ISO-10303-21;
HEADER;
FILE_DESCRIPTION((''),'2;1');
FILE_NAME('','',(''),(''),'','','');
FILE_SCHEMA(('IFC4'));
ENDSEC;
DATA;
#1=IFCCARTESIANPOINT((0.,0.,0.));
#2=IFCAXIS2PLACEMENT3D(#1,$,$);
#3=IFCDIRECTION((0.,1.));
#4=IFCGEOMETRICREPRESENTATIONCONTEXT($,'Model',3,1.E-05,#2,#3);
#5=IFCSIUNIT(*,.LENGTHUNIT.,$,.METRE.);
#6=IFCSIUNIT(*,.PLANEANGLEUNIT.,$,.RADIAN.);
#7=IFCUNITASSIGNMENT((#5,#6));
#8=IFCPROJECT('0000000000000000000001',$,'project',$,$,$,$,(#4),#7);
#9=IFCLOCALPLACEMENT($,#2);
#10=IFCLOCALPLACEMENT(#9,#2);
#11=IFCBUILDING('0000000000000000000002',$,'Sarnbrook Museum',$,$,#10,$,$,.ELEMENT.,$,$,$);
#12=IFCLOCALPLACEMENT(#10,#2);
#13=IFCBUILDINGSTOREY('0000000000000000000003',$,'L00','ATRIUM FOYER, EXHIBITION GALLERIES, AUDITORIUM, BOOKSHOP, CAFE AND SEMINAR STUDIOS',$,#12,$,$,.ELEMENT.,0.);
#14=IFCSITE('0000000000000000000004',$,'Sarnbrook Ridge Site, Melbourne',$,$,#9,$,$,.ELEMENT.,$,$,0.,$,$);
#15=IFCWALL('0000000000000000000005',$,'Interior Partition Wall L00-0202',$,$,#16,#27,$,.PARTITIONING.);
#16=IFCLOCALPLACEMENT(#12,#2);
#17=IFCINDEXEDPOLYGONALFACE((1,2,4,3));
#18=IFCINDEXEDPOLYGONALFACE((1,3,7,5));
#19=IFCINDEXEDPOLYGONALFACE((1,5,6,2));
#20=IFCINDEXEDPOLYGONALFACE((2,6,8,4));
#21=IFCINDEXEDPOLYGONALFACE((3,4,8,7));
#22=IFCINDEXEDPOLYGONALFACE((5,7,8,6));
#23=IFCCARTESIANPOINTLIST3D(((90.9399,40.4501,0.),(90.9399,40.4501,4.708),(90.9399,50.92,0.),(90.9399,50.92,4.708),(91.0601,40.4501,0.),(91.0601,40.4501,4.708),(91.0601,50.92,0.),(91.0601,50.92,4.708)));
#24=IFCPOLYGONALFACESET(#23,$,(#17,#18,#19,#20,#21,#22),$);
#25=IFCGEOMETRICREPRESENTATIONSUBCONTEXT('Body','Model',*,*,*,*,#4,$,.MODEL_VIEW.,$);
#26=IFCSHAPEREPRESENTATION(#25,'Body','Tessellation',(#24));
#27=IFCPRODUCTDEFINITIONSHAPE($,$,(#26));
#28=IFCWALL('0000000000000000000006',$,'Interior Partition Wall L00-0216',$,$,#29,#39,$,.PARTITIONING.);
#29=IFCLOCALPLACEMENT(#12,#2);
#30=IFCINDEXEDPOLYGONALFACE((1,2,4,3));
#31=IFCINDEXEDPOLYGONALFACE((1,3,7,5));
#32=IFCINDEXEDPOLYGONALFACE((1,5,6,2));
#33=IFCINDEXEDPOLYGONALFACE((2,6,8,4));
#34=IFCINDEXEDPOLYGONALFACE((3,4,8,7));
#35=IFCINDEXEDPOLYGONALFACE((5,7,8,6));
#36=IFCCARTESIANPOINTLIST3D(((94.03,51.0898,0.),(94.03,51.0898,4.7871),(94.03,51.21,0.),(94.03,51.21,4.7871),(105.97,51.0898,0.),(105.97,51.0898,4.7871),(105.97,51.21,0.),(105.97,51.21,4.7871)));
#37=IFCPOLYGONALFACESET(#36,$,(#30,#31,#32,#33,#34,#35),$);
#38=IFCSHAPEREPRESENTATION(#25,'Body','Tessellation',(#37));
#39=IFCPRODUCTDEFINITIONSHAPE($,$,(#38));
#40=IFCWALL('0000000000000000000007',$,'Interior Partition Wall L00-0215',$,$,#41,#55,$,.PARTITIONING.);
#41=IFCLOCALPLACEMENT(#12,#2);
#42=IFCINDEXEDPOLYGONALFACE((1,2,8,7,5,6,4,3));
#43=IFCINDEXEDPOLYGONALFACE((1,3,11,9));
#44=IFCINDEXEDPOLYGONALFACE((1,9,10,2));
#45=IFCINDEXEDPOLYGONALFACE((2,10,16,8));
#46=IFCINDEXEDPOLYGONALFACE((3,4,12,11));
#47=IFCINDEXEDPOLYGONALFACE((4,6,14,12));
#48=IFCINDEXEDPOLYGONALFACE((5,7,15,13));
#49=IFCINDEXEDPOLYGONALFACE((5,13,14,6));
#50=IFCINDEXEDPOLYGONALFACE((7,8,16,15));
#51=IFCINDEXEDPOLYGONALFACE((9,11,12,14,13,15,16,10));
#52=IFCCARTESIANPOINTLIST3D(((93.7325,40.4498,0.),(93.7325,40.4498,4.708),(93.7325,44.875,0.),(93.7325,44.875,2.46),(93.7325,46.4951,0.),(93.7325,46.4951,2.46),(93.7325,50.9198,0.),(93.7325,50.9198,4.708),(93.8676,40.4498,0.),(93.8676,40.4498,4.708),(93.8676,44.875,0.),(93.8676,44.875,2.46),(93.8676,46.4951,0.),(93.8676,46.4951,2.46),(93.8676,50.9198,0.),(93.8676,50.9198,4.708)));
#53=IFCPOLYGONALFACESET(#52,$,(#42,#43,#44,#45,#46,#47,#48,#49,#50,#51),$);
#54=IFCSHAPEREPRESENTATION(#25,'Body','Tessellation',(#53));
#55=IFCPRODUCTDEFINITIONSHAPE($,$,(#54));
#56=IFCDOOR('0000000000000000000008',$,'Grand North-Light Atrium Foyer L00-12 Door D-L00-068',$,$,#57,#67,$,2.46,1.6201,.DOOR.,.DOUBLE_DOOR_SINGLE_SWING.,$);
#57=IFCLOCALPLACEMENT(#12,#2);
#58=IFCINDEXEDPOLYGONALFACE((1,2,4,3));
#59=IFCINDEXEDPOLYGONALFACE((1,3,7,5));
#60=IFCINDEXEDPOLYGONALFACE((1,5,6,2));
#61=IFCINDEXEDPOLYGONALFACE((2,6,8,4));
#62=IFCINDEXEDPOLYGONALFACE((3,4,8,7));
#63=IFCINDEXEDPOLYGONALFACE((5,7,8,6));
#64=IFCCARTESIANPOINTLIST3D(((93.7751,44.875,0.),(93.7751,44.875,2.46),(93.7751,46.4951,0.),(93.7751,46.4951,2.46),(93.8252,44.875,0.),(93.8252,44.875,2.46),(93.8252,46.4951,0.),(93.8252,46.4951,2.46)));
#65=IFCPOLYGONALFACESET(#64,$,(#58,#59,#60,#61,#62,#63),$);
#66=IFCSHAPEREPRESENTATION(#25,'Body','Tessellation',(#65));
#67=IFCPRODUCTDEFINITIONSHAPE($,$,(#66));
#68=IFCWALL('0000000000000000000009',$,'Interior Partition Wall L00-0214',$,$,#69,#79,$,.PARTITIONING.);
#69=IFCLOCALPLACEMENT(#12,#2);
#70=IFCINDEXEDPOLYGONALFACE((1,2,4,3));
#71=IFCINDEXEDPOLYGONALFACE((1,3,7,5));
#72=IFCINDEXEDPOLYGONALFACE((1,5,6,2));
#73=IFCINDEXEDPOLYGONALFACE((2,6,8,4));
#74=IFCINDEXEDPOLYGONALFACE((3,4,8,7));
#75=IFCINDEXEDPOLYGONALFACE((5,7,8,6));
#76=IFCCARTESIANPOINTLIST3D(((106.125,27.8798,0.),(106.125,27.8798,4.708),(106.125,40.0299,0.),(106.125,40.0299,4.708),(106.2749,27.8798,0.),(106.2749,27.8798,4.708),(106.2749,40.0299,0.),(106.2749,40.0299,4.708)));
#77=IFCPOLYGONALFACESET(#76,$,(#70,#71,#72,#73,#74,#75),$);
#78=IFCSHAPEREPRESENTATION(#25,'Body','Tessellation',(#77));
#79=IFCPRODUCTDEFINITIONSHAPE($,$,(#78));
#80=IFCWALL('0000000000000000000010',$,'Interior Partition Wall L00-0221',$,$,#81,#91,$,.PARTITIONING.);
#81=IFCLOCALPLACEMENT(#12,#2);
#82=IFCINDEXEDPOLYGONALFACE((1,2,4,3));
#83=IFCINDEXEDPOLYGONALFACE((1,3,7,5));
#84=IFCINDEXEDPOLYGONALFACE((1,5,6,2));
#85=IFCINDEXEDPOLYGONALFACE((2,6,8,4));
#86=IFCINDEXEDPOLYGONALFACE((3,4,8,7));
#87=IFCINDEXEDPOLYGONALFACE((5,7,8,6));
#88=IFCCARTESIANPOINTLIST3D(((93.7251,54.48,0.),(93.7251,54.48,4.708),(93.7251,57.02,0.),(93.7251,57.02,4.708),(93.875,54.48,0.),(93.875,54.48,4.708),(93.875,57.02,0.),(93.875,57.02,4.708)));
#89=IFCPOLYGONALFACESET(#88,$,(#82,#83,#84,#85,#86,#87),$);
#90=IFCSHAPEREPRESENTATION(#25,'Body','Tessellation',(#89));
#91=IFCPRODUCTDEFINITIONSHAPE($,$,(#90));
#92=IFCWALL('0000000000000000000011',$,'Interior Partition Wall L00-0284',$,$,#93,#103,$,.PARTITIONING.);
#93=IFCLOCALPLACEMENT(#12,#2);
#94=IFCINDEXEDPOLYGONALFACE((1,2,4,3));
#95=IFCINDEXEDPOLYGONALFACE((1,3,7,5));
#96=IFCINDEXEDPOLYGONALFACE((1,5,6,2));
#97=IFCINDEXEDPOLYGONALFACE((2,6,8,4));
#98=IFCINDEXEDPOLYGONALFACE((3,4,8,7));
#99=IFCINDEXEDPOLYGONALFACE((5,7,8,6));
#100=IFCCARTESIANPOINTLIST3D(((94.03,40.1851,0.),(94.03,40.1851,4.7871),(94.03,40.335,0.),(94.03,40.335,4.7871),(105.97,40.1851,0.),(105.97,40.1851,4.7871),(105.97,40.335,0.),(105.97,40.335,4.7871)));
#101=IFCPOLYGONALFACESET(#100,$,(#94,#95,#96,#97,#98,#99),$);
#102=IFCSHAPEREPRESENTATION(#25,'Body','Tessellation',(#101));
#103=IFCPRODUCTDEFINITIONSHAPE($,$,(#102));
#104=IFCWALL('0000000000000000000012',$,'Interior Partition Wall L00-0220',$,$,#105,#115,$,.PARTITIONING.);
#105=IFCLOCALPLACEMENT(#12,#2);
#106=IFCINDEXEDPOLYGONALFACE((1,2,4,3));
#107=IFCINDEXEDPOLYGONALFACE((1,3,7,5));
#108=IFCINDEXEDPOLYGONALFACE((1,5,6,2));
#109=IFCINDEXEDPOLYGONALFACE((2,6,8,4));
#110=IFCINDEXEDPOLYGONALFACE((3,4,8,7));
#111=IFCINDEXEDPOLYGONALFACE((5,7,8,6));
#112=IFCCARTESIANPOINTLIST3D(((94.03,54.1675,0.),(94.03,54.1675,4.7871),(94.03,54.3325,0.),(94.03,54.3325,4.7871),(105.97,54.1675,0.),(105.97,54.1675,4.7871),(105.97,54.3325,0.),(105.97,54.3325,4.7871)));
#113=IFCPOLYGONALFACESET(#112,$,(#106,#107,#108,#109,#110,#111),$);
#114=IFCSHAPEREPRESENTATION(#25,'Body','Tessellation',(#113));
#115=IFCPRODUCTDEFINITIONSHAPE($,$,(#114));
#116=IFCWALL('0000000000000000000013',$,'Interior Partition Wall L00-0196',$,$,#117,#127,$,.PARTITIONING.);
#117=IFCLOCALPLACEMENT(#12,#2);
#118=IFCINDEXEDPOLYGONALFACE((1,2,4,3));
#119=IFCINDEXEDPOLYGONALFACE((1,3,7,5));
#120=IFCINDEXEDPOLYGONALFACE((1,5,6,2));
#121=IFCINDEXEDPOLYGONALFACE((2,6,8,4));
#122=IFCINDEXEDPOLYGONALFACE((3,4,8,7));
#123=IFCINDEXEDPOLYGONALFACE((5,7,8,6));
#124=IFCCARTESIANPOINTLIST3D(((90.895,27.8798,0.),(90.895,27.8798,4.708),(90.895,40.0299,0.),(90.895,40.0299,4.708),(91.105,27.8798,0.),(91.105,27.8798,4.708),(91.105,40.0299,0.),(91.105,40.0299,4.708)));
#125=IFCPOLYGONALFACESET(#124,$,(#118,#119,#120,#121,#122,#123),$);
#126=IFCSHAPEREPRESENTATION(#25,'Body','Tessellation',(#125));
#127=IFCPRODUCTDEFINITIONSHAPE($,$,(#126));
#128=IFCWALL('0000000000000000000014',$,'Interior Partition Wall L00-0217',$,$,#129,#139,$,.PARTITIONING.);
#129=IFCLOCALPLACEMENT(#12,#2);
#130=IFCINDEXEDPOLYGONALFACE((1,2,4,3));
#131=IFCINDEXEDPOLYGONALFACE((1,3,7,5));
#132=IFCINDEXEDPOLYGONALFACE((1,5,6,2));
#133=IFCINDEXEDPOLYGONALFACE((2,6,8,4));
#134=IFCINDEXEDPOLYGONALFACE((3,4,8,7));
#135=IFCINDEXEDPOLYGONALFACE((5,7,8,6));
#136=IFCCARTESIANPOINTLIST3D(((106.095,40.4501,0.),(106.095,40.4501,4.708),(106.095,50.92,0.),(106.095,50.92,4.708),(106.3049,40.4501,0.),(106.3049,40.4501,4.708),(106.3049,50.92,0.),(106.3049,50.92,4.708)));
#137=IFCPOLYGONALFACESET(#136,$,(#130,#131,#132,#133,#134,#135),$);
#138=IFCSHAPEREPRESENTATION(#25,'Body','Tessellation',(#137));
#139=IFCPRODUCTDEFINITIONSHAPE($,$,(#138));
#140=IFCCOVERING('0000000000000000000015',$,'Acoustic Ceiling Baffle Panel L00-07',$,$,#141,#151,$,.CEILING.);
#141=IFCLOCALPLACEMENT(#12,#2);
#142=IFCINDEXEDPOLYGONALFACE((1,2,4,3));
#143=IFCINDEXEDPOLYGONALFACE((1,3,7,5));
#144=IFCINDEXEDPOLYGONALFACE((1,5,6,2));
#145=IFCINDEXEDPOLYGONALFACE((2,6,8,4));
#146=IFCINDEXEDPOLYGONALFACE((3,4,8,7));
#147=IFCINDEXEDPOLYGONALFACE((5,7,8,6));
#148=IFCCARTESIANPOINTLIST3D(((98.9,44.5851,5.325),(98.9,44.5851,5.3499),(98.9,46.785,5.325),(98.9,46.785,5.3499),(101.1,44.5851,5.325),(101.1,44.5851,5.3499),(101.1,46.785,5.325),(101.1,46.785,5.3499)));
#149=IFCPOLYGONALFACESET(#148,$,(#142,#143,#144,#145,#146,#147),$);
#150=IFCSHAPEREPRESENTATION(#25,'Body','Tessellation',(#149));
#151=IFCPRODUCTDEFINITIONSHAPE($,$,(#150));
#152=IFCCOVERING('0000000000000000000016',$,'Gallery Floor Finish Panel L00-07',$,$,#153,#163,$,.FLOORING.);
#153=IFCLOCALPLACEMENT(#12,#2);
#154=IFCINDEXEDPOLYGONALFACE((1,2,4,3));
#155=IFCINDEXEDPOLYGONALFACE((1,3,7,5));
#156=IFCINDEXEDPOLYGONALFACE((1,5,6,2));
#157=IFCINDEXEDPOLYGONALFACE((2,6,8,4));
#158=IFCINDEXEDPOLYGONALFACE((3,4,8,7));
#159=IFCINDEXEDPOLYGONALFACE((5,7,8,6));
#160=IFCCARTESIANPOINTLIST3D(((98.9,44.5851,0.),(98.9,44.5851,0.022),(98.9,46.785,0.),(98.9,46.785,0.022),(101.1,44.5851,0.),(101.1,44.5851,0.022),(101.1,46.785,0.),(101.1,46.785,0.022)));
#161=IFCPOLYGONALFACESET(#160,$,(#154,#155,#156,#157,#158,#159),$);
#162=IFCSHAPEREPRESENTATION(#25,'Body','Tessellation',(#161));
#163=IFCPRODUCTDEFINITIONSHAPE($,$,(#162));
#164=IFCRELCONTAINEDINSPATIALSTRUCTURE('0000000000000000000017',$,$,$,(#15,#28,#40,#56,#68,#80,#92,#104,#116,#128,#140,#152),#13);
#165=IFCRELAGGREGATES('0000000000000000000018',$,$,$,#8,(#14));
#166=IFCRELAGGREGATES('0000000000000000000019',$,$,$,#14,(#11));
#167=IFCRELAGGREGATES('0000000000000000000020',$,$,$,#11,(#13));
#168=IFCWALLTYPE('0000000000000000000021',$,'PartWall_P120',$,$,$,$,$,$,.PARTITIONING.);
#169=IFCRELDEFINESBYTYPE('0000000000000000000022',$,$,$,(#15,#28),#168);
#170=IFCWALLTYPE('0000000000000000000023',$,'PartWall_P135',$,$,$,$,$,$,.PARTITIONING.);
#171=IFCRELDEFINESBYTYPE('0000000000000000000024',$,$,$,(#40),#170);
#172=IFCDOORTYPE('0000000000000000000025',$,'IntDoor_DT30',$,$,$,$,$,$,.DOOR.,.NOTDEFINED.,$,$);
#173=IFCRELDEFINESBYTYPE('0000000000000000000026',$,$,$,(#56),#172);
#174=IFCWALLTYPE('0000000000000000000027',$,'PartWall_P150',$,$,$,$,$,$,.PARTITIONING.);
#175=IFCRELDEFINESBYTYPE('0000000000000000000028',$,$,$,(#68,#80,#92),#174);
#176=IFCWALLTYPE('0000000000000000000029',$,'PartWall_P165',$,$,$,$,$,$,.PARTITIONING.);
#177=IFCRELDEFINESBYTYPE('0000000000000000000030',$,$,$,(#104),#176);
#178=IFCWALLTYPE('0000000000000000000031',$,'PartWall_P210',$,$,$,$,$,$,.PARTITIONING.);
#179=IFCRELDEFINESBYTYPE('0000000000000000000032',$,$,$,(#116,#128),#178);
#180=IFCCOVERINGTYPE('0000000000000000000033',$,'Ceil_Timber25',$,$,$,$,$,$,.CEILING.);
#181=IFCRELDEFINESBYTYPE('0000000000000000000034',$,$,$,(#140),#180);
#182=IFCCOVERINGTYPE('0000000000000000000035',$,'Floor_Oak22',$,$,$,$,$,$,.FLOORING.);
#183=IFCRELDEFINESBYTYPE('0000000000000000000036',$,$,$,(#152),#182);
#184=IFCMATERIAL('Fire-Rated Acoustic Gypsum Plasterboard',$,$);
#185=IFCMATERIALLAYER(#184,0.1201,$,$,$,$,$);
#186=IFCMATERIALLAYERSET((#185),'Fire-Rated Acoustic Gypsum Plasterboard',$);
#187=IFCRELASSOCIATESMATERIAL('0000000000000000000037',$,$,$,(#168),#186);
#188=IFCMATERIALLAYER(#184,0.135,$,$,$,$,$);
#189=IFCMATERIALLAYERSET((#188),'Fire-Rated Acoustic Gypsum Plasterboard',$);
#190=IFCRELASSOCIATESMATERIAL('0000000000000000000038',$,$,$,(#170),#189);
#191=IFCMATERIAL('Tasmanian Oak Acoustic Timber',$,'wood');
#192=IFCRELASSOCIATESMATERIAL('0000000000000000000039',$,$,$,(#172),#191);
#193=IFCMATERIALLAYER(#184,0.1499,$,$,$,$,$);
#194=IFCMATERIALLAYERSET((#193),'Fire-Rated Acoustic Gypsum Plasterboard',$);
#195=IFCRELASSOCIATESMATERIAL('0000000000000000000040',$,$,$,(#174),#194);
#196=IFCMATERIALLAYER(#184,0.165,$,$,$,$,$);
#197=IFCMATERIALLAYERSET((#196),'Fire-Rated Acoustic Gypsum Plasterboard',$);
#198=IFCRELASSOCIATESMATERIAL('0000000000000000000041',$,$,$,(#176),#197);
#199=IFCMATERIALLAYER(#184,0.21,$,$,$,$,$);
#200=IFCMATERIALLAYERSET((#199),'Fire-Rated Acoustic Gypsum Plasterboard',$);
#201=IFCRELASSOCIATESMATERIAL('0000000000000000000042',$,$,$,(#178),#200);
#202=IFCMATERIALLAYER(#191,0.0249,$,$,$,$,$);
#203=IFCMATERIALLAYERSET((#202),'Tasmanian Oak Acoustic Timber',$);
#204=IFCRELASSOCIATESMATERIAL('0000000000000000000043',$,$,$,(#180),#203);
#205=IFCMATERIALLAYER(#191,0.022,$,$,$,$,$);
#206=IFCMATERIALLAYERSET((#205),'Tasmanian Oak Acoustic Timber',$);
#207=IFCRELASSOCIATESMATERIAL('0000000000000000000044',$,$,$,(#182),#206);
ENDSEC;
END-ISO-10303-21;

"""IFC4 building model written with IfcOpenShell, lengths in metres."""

from ifc_helpers import new_model, si_unit, direction, frame, frame_2d, origin, origin_2d, place, context, subcontext, project, spatial, rectangle, extrude, material, layer, layer_set, type_object, element, fill, save


model = new_model("IFC4")

# Units and contexts
model_context = context("Model", 3, precision=1e-05, world=origin(), true_north=direction((0.0, 1.0)))
body_context = subcontext(model_context, "Body", "Model", "MODEL_VIEW")
ifc_project = project(units=[si_unit("LENGTHUNIT", "METRE"), si_unit("PLANEANGLEUNIT", "RADIAN")], contexts=[model_context])

# Site, building, storey
site_placement = place(None, origin())
site = spatial("IfcSite", under=ifc_project, at=site_placement, Name="Sarnbrook Ridge Site, Melbourne", CompositionType="ELEMENT", RefElevation=0.0)
building_placement = place(site_placement, origin())
building = spatial("IfcBuilding", under=site, at=building_placement, Name="Sarnbrook Museum", CompositionType="ELEMENT")
storey_placement = place(building_placement, origin())
storey = spatial("IfcBuildingStorey", under=building, at=storey_placement, Name="L00", Description="ATRIUM FOYER, EXHIBITION GALLERIES, AUDITORIUM, BOOKSHOP, CAFE AND SEMINAR STUDIOS", CompositionType="ELEMENT", Elevation=0.0)

# Walls
ifc_material_1 = material(Name="Fire-Rated Acoustic Gypsum Plasterboard")
ifc_layer_1 = layer(ifc_material_1, 0.1201)
ifc_layer_set_1 = layer_set([ifc_layer_1], Name="Fire-Rated Acoustic Gypsum Plasterboard")
wall_type_1 = type_object("IfcWallType", Name="PartWall_P120", PredefinedType="PARTITIONING", material=ifc_layer_set_1)
wall_1_placement = place(storey_placement, frame((91.0, 50.9199, 0.0), z_axis=(0.0, 0.0, 1.0), x_axis=(0.0, -1.0, 0.0)))
element("IfcWall", 1, at=wall_1_placement, inside=storey, type_object=wall_type_1, Name="Interior Partition Wall L00-0202", PredefinedType="PARTITIONING", context=body_context, shape_type="SweptSolid", body=[
    extrude(rectangle(XDim=10.47, YDim=0.1201, at=frame_2d((5.2349, 0.0))), origin(), (0.0, 0.0, 1.0), 4.708),
])
wall_2_placement = place(storey_placement, frame((94.03, 51.1499, 0.0), z_axis=(0.0, 0.0, 1.0), x_axis=(1.0, 0.0, 0.0)))
element("IfcWall", 2, at=wall_2_placement, inside=storey, type_object=wall_type_1, Name="Interior Partition Wall L00-0216", PredefinedType="PARTITIONING", context=body_context, shape_type="SweptSolid", body=[
    extrude(rectangle(XDim=11.9399, YDim=0.1201, at=frame_2d((5.97, 0.0))), origin(), (0.0, 0.0, 1.0), 4.7871),
])

# Wall, opening, door
ifc_layer_2 = layer(ifc_material_1, 0.135)
ifc_layer_set_2 = layer_set([ifc_layer_2], Name="Fire-Rated Acoustic Gypsum Plasterboard")
wall_type_2 = type_object("IfcWallType", Name="PartWall_P135", PredefinedType="PARTITIONING", material=ifc_layer_set_2)
wall_3_placement = place(storey_placement, frame((93.8, 40.45, 0.0), z_axis=(0.0, 0.0, 1.0), x_axis=(0.0, 1.0, 0.0)))
wall_3 = element("IfcWall", 3, at=wall_3_placement, inside=storey, type_object=wall_type_2, Name="Interior Partition Wall L00-0215", PredefinedType="PARTITIONING", context=body_context, shape_type="SweptSolid", body=[
    extrude(rectangle(XDim=10.47, YDim=0.135, at=frame_2d((5.2349, 0.0))), origin(), (0.0, 0.0, 1.0), 4.708),
])
opening_placement = place(wall_3_placement, frame((4.425, 0.0, 0.0)))
opening = element("IfcOpeningElement", 4, at=opening_placement, cuts=wall_3, PredefinedType="OPENING", context=body_context, shape_type="SweptSolid", body=[
    extrude(rectangle(XDim=1.6201, YDim=2.46, at=frame_2d((0.8101, 1.23))), frame((0.0, 0.0776, 0.0), z_axis=(0.0, -1.0, 0.0), x_axis=(1.0, 0.0, 0.0)), (0.0, 0.0, 1.0), 0.155),
])
ifc_material_2 = material(Name="Tasmanian Oak Acoustic Timber", Category="wood")
door_type = type_object("IfcDoorType", Name="IntDoor_DT30", OperationType="NOTDEFINED", PredefinedType="DOOR", material=ifc_material_2)
door_placement = place(opening_placement, origin())
door = element("IfcDoor", 5, at=door_placement, inside=storey, type_object=door_type, Name="Grand North-Light Atrium Foyer L00-12 Door D-L00-068", OperationType="DOUBLE_DOOR_SINGLE_SWING", OverallHeight=2.46, OverallWidth=1.6201, PredefinedType="DOOR", context=body_context, shape_type="SweptSolid", body=[
    extrude(rectangle(XDim=1.6201, YDim=2.46, at=frame_2d((0.8101, 1.23))), frame((0.0, 0.0249, 0.0), z_axis=(0.0, -1.0, 0.0), x_axis=(1.0, 0.0, 0.0)), (0.0, 0.0, 1.0), 0.05),
])
fill(opening, door)

# Walls
ifc_layer_3 = layer(ifc_material_1, 0.1499)
ifc_layer_set_3 = layer_set([ifc_layer_3], Name="Fire-Rated Acoustic Gypsum Plasterboard")
wall_type_3 = type_object("IfcWallType", Name="PartWall_P150", PredefinedType="PARTITIONING", material=ifc_layer_set_3)
wall_4_placement = place(storey_placement, frame((106.2, 40.03, 0.0), z_axis=(0.0, 0.0, 1.0), x_axis=(0.0, -1.0, 0.0)))
element("IfcWall", 6, at=wall_4_placement, inside=storey, type_object=wall_type_3, Name="Interior Partition Wall L00-0214", PredefinedType="PARTITIONING", context=body_context, shape_type="SweptSolid", body=[
    extrude(rectangle(XDim=12.1501, YDim=0.1499, at=frame_2d((6.0752, 0.0))), origin(), (0.0, 0.0, 1.0), 4.708),
])
wall_5_placement = place(storey_placement, frame((93.8, 54.48, 0.0), z_axis=(0.0, 0.0, 1.0), x_axis=(0.0, 1.0, 0.0)))
element("IfcWall", 7, at=wall_5_placement, inside=storey, type_object=wall_type_3, Name="Interior Partition Wall L00-0221", PredefinedType="PARTITIONING", context=body_context, shape_type="SweptSolid", body=[
    extrude(rectangle(XDim=2.54, YDim=0.1499, at=frame_2d((1.27, 0.0))), origin(), (0.0, 0.0, 1.0), 4.708),
])
wall_6_placement = place(storey_placement, frame((94.03, 40.26, 0.0), z_axis=(0.0, 0.0, 1.0), x_axis=(1.0, 0.0, 0.0)))
element("IfcWall", 8, at=wall_6_placement, inside=storey, type_object=wall_type_3, Name="Interior Partition Wall L00-0284", PredefinedType="PARTITIONING", context=body_context, shape_type="SweptSolid", body=[
    extrude(rectangle(XDim=11.9399, YDim=0.1499, at=frame_2d((5.97, 0.0))), origin(), (0.0, 0.0, 1.0), 4.7871),
])
ifc_layer_4 = layer(ifc_material_1, 0.165)
ifc_layer_set_4 = layer_set([ifc_layer_4], Name="Fire-Rated Acoustic Gypsum Plasterboard")
wall_type_4 = type_object("IfcWallType", Name="PartWall_P165", PredefinedType="PARTITIONING", material=ifc_layer_set_4)
wall_7_placement = place(storey_placement, frame((105.97, 54.25, 0.0), z_axis=(0.0, 0.0, 1.0), x_axis=(-1.0, 0.0, 0.0)))
element("IfcWall", 9, at=wall_7_placement, inside=storey, type_object=wall_type_4, Name="Interior Partition Wall L00-0220", PredefinedType="PARTITIONING", context=body_context, shape_type="SweptSolid", body=[
    extrude(rectangle(XDim=11.9399, YDim=0.165, at=frame_2d((5.97, 0.0))), origin(), (0.0, 0.0, 1.0), 4.7871),
])
ifc_layer_5 = layer(ifc_material_1, 0.21)
ifc_layer_set_5 = layer_set([ifc_layer_5], Name="Fire-Rated Acoustic Gypsum Plasterboard")
wall_type_5 = type_object("IfcWallType", Name="PartWall_P210", PredefinedType="PARTITIONING", material=ifc_layer_set_5)
wall_8_placement = place(storey_placement, frame((91.0, 40.03, 0.0), z_axis=(0.0, 0.0, 1.0), x_axis=(0.0, -1.0, 0.0)))
element("IfcWall", 10, at=wall_8_placement, inside=storey, type_object=wall_type_5, Name="Interior Partition Wall L00-0196", PredefinedType="PARTITIONING", context=body_context, shape_type="SweptSolid", body=[
    extrude(rectangle(XDim=12.1501, YDim=0.21, at=frame_2d((6.0752, 0.0))), origin(), (0.0, 0.0, 1.0), 4.708),
])
wall_9_placement = place(storey_placement, frame((106.2, 50.9199, 0.0), z_axis=(0.0, 0.0, 1.0), x_axis=(0.0, -1.0, 0.0)))
element("IfcWall", 11, at=wall_9_placement, inside=storey, type_object=wall_type_5, Name="Interior Partition Wall L00-0217", PredefinedType="PARTITIONING", context=body_context, shape_type="SweptSolid", body=[
    extrude(rectangle(XDim=10.47, YDim=0.21, at=frame_2d((5.2349, 0.0))), origin(), (0.0, 0.0, 1.0), 4.708),
])

# Coverings
ifc_layer_6 = layer(ifc_material_2, 0.0249)
ifc_layer_set_6 = layer_set([ifc_layer_6], Name="Tasmanian Oak Acoustic Timber")
covering_type_1 = type_object("IfcCoveringType", Name="Ceil_Timber25", PredefinedType="CEILING", material=ifc_layer_set_6)
covering_1_placement = place(storey_placement, frame((100.0, 45.6851, 5.325), z_axis=(0.0, 0.0, 1.0), x_axis=(1.0, 0.0, 0.0)))
element("IfcCovering", 12, at=covering_1_placement, inside=storey, type_object=covering_type_1, Name="Acoustic Ceiling Baffle Panel L00-07", PredefinedType="CEILING", context=body_context, shape_type="SweptSolid", body=[
    extrude(rectangle(XDim=2.2, YDim=2.2, at=origin_2d()), origin(), (0.0, 0.0, 1.0), 0.0249),
])
ifc_layer_7 = layer(ifc_material_2, 0.022)
ifc_layer_set_7 = layer_set([ifc_layer_7], Name="Tasmanian Oak Acoustic Timber")
covering_type_2 = type_object("IfcCoveringType", Name="Floor_Oak22", PredefinedType="FLOORING", material=ifc_layer_set_7)
covering_2_placement = place(storey_placement, frame((100.0, 45.6851, 0.0), z_axis=(0.0, 0.0, 1.0), x_axis=(1.0, 0.0, 0.0)))
element("IfcCovering", 13, at=covering_2_placement, inside=storey, type_object=covering_type_2, Name="Gallery Floor Finish Panel L00-07", PredefinedType="FLOORING", context=body_context, shape_type="SweptSolid", body=[
    extrude(rectangle(XDim=2.2, YDim=2.2, at=origin_2d()), origin(), (0.0, 0.0, 1.0), 0.022),
])

save(model, "model.ifc")
